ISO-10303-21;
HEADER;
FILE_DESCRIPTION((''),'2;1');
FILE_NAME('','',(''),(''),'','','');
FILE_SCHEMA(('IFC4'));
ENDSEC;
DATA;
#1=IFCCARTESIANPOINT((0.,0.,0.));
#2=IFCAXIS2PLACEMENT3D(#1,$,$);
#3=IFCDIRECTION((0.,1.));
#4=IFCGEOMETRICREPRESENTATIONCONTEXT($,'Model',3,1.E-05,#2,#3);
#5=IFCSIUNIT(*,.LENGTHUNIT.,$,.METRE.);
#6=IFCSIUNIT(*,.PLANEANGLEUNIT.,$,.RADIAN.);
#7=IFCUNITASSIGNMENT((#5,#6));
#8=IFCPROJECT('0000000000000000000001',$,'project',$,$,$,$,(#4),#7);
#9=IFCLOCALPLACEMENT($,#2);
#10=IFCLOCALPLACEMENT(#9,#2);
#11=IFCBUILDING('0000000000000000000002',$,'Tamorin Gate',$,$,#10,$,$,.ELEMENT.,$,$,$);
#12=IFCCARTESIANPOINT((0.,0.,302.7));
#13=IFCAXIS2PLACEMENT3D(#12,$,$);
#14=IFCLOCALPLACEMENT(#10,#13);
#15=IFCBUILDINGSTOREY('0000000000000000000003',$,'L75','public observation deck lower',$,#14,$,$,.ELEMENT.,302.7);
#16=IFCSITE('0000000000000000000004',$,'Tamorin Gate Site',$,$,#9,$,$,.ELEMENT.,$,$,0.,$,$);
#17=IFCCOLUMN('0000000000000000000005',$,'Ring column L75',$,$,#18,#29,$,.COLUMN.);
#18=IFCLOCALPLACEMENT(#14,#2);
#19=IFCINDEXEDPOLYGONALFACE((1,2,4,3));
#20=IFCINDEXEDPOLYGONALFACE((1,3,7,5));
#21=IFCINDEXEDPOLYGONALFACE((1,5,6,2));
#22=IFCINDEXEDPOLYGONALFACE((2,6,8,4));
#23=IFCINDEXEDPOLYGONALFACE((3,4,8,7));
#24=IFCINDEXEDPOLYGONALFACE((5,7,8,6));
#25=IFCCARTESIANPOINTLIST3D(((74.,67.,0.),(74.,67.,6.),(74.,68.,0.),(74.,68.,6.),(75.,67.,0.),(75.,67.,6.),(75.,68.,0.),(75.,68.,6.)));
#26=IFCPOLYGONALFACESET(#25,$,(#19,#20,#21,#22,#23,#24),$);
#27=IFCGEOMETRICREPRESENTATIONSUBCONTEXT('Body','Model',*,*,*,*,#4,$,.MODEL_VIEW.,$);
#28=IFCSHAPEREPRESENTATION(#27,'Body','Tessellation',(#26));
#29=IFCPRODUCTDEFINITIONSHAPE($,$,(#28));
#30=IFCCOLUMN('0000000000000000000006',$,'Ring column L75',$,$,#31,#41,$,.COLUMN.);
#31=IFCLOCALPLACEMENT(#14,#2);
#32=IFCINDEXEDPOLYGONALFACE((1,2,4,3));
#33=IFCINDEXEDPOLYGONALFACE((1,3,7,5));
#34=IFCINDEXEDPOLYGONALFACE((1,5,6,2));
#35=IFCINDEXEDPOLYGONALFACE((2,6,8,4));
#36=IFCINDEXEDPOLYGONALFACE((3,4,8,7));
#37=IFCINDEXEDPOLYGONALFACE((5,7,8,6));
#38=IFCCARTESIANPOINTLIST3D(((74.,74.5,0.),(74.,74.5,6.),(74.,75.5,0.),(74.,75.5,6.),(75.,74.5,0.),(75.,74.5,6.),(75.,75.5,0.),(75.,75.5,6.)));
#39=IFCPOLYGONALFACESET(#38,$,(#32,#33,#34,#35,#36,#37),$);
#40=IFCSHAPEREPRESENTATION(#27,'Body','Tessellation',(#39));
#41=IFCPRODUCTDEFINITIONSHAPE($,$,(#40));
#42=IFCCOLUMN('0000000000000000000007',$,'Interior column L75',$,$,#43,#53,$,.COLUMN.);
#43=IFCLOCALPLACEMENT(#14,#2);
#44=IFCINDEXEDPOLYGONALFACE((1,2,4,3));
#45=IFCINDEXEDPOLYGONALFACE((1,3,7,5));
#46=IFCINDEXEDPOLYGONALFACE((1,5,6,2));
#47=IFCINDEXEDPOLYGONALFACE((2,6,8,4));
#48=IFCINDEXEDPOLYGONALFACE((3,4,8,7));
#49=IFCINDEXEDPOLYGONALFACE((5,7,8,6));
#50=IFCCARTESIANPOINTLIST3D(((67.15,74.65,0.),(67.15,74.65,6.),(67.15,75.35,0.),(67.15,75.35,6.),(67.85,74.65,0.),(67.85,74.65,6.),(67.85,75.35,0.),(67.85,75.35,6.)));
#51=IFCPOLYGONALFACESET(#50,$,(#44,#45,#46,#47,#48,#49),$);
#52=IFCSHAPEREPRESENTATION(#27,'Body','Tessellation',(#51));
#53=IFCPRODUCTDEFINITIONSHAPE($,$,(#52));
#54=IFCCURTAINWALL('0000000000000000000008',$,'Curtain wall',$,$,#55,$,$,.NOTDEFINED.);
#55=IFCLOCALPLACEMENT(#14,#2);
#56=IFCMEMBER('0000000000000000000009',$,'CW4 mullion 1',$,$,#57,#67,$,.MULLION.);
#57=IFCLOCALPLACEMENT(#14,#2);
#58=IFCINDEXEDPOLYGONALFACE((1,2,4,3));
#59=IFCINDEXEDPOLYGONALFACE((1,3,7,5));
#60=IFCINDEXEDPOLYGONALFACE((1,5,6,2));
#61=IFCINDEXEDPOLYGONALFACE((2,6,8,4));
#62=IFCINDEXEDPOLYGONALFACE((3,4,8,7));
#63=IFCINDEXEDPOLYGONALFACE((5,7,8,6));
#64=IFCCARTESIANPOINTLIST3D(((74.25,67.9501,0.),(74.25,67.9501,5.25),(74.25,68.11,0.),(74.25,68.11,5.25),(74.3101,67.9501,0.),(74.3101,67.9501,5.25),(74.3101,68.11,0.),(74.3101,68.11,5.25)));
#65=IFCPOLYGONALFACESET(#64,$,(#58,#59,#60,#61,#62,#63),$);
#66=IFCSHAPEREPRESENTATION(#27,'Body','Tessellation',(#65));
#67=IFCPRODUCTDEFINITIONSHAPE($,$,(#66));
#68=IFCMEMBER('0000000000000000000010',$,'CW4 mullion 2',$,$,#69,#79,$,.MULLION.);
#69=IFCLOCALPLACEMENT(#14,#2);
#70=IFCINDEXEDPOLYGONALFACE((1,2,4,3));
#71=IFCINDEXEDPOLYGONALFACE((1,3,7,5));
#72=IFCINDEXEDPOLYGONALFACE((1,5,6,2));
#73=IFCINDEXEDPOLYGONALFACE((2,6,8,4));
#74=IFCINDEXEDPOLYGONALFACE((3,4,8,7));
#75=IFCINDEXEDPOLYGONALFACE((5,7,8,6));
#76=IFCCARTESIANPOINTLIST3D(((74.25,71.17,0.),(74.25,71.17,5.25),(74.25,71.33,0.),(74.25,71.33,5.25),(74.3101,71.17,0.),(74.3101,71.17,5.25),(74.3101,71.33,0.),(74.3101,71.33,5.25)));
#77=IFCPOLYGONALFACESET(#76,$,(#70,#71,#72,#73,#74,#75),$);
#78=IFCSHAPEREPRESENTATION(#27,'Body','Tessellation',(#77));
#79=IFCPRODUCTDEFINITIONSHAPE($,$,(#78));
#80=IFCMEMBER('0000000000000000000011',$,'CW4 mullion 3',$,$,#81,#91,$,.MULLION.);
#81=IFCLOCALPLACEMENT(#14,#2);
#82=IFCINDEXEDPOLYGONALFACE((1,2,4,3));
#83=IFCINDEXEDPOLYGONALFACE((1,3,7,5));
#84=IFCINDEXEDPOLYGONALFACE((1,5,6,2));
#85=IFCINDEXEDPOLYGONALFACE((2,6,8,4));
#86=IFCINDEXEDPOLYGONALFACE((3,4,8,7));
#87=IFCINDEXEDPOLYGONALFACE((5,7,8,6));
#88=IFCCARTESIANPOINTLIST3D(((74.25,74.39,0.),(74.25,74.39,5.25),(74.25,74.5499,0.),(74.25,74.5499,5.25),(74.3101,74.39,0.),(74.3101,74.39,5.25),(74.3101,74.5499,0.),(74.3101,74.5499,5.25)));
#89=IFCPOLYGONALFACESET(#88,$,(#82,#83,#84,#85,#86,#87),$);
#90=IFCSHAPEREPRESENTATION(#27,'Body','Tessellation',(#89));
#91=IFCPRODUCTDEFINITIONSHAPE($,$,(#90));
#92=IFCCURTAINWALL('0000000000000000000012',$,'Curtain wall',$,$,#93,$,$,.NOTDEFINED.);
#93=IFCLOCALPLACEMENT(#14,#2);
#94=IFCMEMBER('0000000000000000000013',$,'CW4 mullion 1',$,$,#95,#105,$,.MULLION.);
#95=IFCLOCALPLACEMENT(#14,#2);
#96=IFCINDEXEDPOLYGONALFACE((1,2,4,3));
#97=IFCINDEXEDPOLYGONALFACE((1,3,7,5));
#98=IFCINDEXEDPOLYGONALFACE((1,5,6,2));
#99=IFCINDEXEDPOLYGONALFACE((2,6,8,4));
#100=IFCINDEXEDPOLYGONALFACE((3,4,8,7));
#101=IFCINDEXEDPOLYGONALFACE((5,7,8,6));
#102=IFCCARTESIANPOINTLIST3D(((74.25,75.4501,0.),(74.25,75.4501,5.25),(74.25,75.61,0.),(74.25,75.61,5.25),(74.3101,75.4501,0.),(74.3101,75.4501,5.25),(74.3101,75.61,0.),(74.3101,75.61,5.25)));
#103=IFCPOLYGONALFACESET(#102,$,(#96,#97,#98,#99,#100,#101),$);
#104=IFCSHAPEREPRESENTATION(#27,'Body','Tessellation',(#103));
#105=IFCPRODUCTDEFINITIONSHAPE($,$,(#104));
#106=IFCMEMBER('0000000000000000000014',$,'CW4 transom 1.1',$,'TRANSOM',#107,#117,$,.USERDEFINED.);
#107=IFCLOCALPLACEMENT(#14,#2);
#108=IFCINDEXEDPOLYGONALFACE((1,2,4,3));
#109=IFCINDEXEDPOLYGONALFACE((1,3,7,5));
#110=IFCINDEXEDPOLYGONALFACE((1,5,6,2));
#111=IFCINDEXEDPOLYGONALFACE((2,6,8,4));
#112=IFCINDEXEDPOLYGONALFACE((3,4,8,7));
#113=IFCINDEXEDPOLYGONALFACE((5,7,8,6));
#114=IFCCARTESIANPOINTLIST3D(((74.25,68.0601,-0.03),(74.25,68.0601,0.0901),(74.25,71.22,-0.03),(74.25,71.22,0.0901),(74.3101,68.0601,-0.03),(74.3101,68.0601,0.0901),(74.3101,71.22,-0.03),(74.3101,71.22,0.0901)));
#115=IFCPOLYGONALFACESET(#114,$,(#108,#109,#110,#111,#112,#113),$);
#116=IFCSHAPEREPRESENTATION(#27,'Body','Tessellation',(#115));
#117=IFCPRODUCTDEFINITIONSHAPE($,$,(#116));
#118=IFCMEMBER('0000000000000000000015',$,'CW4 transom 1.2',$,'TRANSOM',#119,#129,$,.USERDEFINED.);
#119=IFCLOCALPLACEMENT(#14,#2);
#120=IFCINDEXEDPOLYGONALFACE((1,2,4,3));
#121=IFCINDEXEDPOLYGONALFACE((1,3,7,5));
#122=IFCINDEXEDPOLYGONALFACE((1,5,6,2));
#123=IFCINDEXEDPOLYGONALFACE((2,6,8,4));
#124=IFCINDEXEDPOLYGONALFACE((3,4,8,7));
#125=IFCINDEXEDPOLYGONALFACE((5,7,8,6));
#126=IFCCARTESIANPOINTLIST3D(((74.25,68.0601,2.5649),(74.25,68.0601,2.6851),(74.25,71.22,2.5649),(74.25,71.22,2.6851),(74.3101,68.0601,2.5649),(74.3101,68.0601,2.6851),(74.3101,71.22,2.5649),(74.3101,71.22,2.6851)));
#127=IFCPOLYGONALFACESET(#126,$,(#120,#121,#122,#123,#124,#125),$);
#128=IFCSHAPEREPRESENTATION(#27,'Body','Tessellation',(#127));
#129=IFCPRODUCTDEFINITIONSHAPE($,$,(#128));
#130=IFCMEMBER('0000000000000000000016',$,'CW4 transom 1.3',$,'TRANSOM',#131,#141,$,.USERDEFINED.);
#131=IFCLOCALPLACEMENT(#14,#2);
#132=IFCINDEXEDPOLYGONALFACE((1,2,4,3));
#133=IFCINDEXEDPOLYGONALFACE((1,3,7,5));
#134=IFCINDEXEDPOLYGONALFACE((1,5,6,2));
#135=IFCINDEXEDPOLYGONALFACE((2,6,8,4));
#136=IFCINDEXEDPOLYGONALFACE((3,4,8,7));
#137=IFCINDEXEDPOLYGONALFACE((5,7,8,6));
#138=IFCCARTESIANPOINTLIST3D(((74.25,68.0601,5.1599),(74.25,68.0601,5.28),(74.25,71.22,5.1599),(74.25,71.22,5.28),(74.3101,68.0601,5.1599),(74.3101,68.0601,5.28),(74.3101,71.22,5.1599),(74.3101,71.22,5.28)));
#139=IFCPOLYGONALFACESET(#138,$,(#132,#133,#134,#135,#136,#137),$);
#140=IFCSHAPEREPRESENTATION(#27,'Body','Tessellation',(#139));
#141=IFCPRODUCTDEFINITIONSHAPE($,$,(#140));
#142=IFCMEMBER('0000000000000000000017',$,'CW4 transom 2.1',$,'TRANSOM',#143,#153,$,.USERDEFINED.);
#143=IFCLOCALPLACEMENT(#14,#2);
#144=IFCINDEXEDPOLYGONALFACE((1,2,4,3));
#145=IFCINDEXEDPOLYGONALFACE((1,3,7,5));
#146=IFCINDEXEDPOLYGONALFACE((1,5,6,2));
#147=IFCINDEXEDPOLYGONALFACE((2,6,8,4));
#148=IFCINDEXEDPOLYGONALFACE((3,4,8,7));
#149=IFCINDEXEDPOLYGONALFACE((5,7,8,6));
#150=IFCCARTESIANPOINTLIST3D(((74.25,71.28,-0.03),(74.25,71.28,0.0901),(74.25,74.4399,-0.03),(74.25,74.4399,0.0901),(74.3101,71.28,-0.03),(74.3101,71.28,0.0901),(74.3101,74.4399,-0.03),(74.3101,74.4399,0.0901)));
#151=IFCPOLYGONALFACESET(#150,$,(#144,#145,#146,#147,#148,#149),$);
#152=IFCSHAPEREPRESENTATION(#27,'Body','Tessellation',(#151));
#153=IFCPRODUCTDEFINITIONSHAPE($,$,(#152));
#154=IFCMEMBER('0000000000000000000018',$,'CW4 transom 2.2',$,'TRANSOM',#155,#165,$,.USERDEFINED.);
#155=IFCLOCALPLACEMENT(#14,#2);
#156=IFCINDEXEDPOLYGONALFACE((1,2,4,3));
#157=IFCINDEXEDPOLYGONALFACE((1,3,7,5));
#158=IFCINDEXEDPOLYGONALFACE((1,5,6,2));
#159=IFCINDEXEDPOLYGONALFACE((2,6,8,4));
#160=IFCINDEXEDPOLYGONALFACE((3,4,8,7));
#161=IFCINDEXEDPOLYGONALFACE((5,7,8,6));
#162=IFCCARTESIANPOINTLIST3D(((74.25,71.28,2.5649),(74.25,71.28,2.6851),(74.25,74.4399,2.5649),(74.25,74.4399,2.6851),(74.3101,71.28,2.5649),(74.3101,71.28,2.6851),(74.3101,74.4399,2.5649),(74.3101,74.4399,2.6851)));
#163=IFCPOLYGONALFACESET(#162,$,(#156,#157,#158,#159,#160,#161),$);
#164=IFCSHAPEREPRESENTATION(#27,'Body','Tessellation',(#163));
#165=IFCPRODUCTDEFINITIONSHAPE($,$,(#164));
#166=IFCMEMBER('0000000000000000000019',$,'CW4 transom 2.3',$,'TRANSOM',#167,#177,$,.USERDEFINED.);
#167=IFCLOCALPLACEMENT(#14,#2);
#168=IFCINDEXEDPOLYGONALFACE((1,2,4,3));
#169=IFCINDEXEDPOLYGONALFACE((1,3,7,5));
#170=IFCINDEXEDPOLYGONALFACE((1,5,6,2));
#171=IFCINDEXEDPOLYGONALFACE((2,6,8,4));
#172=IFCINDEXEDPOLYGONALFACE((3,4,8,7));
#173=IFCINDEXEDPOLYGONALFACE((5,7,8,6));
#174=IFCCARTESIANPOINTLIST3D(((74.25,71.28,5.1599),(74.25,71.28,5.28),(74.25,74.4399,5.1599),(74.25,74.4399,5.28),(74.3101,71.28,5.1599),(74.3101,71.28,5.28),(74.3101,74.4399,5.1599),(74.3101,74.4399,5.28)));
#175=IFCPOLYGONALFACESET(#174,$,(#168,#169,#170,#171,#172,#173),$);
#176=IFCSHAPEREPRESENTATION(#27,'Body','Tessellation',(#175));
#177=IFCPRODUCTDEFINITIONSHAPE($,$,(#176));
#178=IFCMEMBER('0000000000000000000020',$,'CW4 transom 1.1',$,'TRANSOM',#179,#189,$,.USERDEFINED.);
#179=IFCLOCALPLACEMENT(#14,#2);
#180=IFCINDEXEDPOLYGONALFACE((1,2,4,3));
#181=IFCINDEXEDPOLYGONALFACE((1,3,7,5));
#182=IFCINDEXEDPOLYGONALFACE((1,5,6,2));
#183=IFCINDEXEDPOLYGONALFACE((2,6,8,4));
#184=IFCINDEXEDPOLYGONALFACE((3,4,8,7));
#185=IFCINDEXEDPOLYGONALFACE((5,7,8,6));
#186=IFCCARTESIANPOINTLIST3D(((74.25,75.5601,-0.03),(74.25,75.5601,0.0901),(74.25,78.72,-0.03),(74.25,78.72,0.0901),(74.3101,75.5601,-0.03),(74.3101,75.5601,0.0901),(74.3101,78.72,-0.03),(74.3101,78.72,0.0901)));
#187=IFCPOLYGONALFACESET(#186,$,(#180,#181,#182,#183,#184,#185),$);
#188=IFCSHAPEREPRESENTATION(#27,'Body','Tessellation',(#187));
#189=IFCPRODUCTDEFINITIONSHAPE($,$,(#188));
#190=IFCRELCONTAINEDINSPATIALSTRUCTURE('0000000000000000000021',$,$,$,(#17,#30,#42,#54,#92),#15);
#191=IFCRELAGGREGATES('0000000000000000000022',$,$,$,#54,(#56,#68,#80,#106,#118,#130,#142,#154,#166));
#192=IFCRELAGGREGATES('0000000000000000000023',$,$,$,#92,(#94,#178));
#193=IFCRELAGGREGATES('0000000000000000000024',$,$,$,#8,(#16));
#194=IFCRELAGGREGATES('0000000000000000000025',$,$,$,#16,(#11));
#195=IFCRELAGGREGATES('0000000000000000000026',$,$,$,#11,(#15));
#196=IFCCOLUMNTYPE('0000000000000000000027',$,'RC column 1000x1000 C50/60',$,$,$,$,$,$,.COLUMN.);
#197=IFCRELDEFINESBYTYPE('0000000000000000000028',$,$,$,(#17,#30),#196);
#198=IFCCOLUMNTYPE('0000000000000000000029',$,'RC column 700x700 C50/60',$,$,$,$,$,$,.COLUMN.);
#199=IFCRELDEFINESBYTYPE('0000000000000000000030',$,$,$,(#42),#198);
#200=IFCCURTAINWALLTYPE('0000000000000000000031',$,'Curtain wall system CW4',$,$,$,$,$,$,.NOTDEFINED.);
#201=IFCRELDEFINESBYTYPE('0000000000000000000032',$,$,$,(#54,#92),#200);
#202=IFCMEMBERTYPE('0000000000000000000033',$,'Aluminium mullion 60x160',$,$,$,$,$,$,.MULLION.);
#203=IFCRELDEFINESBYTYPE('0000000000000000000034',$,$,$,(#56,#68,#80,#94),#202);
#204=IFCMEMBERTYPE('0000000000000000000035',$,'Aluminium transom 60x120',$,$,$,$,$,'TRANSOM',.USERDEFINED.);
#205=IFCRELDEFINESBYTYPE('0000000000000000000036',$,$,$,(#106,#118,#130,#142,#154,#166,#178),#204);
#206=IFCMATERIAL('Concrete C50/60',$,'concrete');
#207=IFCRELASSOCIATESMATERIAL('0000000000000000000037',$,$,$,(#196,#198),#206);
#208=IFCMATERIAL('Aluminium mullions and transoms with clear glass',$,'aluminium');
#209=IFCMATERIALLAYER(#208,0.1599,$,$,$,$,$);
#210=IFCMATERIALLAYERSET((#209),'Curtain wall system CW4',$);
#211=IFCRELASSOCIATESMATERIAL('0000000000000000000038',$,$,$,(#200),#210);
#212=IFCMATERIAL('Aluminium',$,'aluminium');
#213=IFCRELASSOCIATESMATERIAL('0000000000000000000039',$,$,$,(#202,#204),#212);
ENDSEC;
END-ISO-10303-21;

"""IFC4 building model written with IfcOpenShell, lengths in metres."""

from ifc_helpers import new_model, si_unit, direction, frame, origin, origin_2d, place, context, subcontext, project, spatial, rectangle, extrude, material, layer, layer_set, material_profile, profile_set, type_object, element, aggregate, save


model = new_model("IFC4")

# Units and contexts
model_context = context("Model", 3, precision=1e-05, world=origin(), true_north=direction((0.0, 1.0)))
body_context = subcontext(model_context, "Body", "Model", "MODEL_VIEW")
ifc_project = project(units=[si_unit("LENGTHUNIT", "METRE"), si_unit("PLANEANGLEUNIT", "RADIAN")], contexts=[model_context])

# Site, building, storey
site_placement = place(None, origin())
site = spatial("IfcSite", under=ifc_project, at=site_placement, Name="Tamorin Gate Site", CompositionType="ELEMENT", RefElevation=0.0)
building_placement = place(site_placement, origin())
building = spatial("IfcBuilding", under=site, at=building_placement, Name="Tamorin Gate", CompositionType="ELEMENT")
storey_placement = place(building_placement, frame((0.0, 0.0, 302.7)))
storey = spatial("IfcBuildingStorey", under=building, at=storey_placement, Name="L75", Description="public observation deck lower", CompositionType="ELEMENT", Elevation=302.7)

# Columns
ifc_material_1 = material(Name="Concrete C50/60", Category="concrete")
ifc_material_profile_1 = material_profile(ifc_material_1, rectangle(XDim=1.0, YDim=1.0, at=origin_2d()), Name="RC 1000x1000")
ifc_profile_set_1 = profile_set([ifc_material_profile_1], Name="Concrete C50/60")
column_type_1 = type_object("IfcColumnType", Name="RC column 1000x1000 C50/60", PredefinedType="COLUMN", material=ifc_profile_set_1)
for number, where, z_axis, x_axis, name in (
    (1, (74.5, 67.5, 0.0), (0.0, 0.0, 1.0), (1.0, 0.0, 0.0), "Ring column L75"),
    (2, (74.5, 75.0, 0.0), (0.0, 0.0, 1.0), (1.0, 0.0, 0.0), "Ring column L75"),
):
    element("IfcColumn", number, at=place(storey_placement, frame(where, z_axis=z_axis, x_axis=x_axis)), inside=storey, type_object=column_type_1, Name=name, PredefinedType="COLUMN", context=body_context, shape_type="SweptSolid", body=[
        extrude(rectangle(XDim=1.0, YDim=1.0, at=origin_2d()), origin(), (0.0, 0.0, 1.0), 6.0),
    ])
ifc_material_profile_2 = material_profile(ifc_material_1, rectangle(XDim=0.7, YDim=0.7, at=origin_2d()), Name="RC 700x700")
ifc_profile_set_2 = profile_set([ifc_material_profile_2], Name="Concrete C50/60")
column_type_2 = type_object("IfcColumnType", Name="RC column 700x700 C50/60", PredefinedType="COLUMN", material=ifc_profile_set_2)
column_placement = place(storey_placement, frame((67.5, 75.0, 0.0), z_axis=(0.0, 0.0, 1.0), x_axis=(1.0, 0.0, 0.0)))
element("IfcColumn", 3, at=column_placement, inside=storey, type_object=column_type_2, Name="Interior column L75", PredefinedType="COLUMN", context=body_context, shape_type="SweptSolid", body=[
    extrude(rectangle(XDim=0.7, YDim=0.7, at=origin_2d()), origin(), (0.0, 0.0, 1.0), 6.0),
])

# Curtain wall, members
ifc_material_2 = material(Name="Aluminium mullions and transoms with clear glass", Category="aluminium")
ifc_layer_1 = layer(ifc_material_2, 0.1599)
ifc_layer_set_1 = layer_set([ifc_layer_1], Name="Curtain wall system CW4")
curtain_wall_type = type_object("IfcCurtainWallType", Name="Curtain wall system CW4", PredefinedType="NOTDEFINED", material=ifc_layer_set_1)
curtain_wall_1_placement = place(storey_placement, origin())
curtain_wall_1 = element("IfcCurtainWall", 4, at=curtain_wall_1_placement, inside=storey, type_object=curtain_wall_type, Name="Curtain wall", PredefinedType="NOTDEFINED")
ifc_material_3 = material(Name="Aluminium", Category="aluminium")
ifc_material_profile_3 = material_profile(ifc_material_3, rectangle(XDim=0.0601, YDim=0.1599, at=origin_2d()), Name="RECT 60x160")
ifc_profile_set_3 = profile_set([ifc_material_profile_3], Name="Aluminium")
member_type_1 = type_object("IfcMemberType", Name="Aluminium mullion 60x160", PredefinedType="MULLION", material=ifc_profile_set_3)
member_1_placement = place(storey_placement, frame((74.28, 68.03, 0.0), z_axis=(0.0, 0.0, 1.0), x_axis=(-1.0, 0.0, 0.0)))
member_1 = element("IfcMember", 5, at=member_1_placement, type_object=member_type_1, Name="CW4 mullion 1", PredefinedType="MULLION", context=body_context, shape_type="SweptSolid", body=[
    extrude(rectangle(XDim=0.0601, YDim=0.1599, at=origin_2d()), origin(), (0.0, 0.0, 1.0), 5.25),
])
member_2_placement = place(storey_placement, frame((74.28, 71.25, 0.0), z_axis=(0.0, 0.0, 1.0), x_axis=(-1.0, 0.0, 0.0)))
member_2 = element("IfcMember", 6, at=member_2_placement, type_object=member_type_1, Name="CW4 mullion 2", PredefinedType="MULLION", context=body_context, shape_type="SweptSolid", body=[
    extrude(rectangle(XDim=0.0601, YDim=0.1599, at=origin_2d()), origin(), (0.0, 0.0, 1.0), 5.25),
])
member_3_placement = place(storey_placement, frame((74.28, 74.47, 0.0), z_axis=(0.0, 0.0, 1.0), x_axis=(-1.0, 0.0, 0.0)))
member_3 = element("IfcMember", 7, at=member_3_placement, type_object=member_type_1, Name="CW4 mullion 3", PredefinedType="MULLION", context=body_context, shape_type="SweptSolid", body=[
    extrude(rectangle(XDim=0.0601, YDim=0.1599, at=origin_2d()), origin(), (0.0, 0.0, 1.0), 5.25),
])

# Curtain wall, member
curtain_wall_2_placement = place(storey_placement, origin())
curtain_wall_2 = element("IfcCurtainWall", 8, at=curtain_wall_2_placement, inside=storey, type_object=curtain_wall_type, Name="Curtain wall", PredefinedType="NOTDEFINED")
member_4_placement = place(storey_placement, frame((74.28, 75.53, 0.0), z_axis=(0.0, 0.0, 1.0), x_axis=(-1.0, 0.0, 0.0)))
member_4 = element("IfcMember", 9, at=member_4_placement, type_object=member_type_1, Name="CW4 mullion 1", PredefinedType="MULLION", context=body_context, shape_type="SweptSolid", body=[
    extrude(rectangle(XDim=0.0601, YDim=0.1599, at=origin_2d()), origin(), (0.0, 0.0, 1.0), 5.25),
])

# Members
ifc_material_profile_4 = material_profile(ifc_material_3, rectangle(XDim=0.0601, YDim=0.1201, at=origin_2d()), Name="RECT 60x120")
ifc_profile_set_4 = profile_set([ifc_material_profile_4], Name="Aluminium")
member_type_2 = type_object("IfcMemberType", Name="Aluminium transom 60x120", ElementType="TRANSOM", PredefinedType="USERDEFINED", material=ifc_profile_set_4)
member_5_placement = place(storey_placement, frame((74.28, 68.0601, 0.03), z_axis=(0.0, 1.0, 0.0), x_axis=(-1.0, 0.0, 0.0)))
member_5 = element("IfcMember", 10, at=member_5_placement, type_object=member_type_2, Name="CW4 transom 1.1", ObjectType="TRANSOM", PredefinedType="USERDEFINED", context=body_context, shape_type="SweptSolid", body=[
    extrude(rectangle(XDim=0.0601, YDim=0.1201, at=origin_2d()), origin(), (0.0, 0.0, 1.0), 3.1599),
])
member_6_placement = place(storey_placement, frame((74.28, 68.0601, 2.625), z_axis=(0.0, 1.0, 0.0), x_axis=(-1.0, 0.0, 0.0)))
member_6 = element("IfcMember", 11, at=member_6_placement, type_object=member_type_2, Name="CW4 transom 1.2", ObjectType="TRANSOM", PredefinedType="USERDEFINED", context=body_context, shape_type="SweptSolid", body=[
    extrude(rectangle(XDim=0.0601, YDim=0.1201, at=origin_2d()), origin(), (0.0, 0.0, 1.0), 3.1599),
])
member_7_placement = place(storey_placement, frame((74.28, 68.0601, 5.22), z_axis=(0.0, 1.0, 0.0), x_axis=(-1.0, 0.0, 0.0)))
member_7 = element("IfcMember", 12, at=member_7_placement, type_object=member_type_2, Name="CW4 transom 1.3", ObjectType="TRANSOM", PredefinedType="USERDEFINED", context=body_context, shape_type="SweptSolid", body=[
    extrude(rectangle(XDim=0.0601, YDim=0.1201, at=origin_2d()), origin(), (0.0, 0.0, 1.0), 3.1599),
])
member_8_placement = place(storey_placement, frame((74.28, 71.28, 0.03), z_axis=(0.0, 1.0, 0.0), x_axis=(-1.0, 0.0, 0.0)))
member_8 = element("IfcMember", 13, at=member_8_placement, type_object=member_type_2, Name="CW4 transom 2.1", ObjectType="TRANSOM", PredefinedType="USERDEFINED", context=body_context, shape_type="SweptSolid", body=[
    extrude(rectangle(XDim=0.0601, YDim=0.1201, at=origin_2d()), origin(), (0.0, 0.0, 1.0), 3.1599),
])
member_9_placement = place(storey_placement, frame((74.28, 71.28, 2.625), z_axis=(0.0, 1.0, 0.0), x_axis=(-1.0, 0.0, 0.0)))
member_9 = element("IfcMember", 14, at=member_9_placement, type_object=member_type_2, Name="CW4 transom 2.2", ObjectType="TRANSOM", PredefinedType="USERDEFINED", context=body_context, shape_type="SweptSolid", body=[
    extrude(rectangle(XDim=0.0601, YDim=0.1201, at=origin_2d()), origin(), (0.0, 0.0, 1.0), 3.1599),
])
member_10_placement = place(storey_placement, frame((74.28, 71.28, 5.22), z_axis=(0.0, 1.0, 0.0), x_axis=(-1.0, 0.0, 0.0)))
member_10 = element("IfcMember", 15, at=member_10_placement, type_object=member_type_2, Name="CW4 transom 2.3", ObjectType="TRANSOM", PredefinedType="USERDEFINED", context=body_context, shape_type="SweptSolid", body=[
    extrude(rectangle(XDim=0.0601, YDim=0.1201, at=origin_2d()), origin(), (0.0, 0.0, 1.0), 3.1599),
])
member_11_placement = place(storey_placement, frame((74.28, 75.5601, 0.03), z_axis=(0.0, 1.0, 0.0), x_axis=(-1.0, 0.0, 0.0)))
member_11 = element("IfcMember", 16, at=member_11_placement, type_object=member_type_2, Name="CW4 transom 1.1", ObjectType="TRANSOM", PredefinedType="USERDEFINED", context=body_context, shape_type="SweptSolid", body=[
    extrude(rectangle(XDim=0.0601, YDim=0.1201, at=origin_2d()), origin(), (0.0, 0.0, 1.0), 3.1599),
])

aggregate(curtain_wall_1, [member_1, member_2, member_3, member_5, member_6, member_7, member_8, member_9, member_10])
aggregate(curtain_wall_2, [member_4, member_11])

save(model, "model.ifc")
